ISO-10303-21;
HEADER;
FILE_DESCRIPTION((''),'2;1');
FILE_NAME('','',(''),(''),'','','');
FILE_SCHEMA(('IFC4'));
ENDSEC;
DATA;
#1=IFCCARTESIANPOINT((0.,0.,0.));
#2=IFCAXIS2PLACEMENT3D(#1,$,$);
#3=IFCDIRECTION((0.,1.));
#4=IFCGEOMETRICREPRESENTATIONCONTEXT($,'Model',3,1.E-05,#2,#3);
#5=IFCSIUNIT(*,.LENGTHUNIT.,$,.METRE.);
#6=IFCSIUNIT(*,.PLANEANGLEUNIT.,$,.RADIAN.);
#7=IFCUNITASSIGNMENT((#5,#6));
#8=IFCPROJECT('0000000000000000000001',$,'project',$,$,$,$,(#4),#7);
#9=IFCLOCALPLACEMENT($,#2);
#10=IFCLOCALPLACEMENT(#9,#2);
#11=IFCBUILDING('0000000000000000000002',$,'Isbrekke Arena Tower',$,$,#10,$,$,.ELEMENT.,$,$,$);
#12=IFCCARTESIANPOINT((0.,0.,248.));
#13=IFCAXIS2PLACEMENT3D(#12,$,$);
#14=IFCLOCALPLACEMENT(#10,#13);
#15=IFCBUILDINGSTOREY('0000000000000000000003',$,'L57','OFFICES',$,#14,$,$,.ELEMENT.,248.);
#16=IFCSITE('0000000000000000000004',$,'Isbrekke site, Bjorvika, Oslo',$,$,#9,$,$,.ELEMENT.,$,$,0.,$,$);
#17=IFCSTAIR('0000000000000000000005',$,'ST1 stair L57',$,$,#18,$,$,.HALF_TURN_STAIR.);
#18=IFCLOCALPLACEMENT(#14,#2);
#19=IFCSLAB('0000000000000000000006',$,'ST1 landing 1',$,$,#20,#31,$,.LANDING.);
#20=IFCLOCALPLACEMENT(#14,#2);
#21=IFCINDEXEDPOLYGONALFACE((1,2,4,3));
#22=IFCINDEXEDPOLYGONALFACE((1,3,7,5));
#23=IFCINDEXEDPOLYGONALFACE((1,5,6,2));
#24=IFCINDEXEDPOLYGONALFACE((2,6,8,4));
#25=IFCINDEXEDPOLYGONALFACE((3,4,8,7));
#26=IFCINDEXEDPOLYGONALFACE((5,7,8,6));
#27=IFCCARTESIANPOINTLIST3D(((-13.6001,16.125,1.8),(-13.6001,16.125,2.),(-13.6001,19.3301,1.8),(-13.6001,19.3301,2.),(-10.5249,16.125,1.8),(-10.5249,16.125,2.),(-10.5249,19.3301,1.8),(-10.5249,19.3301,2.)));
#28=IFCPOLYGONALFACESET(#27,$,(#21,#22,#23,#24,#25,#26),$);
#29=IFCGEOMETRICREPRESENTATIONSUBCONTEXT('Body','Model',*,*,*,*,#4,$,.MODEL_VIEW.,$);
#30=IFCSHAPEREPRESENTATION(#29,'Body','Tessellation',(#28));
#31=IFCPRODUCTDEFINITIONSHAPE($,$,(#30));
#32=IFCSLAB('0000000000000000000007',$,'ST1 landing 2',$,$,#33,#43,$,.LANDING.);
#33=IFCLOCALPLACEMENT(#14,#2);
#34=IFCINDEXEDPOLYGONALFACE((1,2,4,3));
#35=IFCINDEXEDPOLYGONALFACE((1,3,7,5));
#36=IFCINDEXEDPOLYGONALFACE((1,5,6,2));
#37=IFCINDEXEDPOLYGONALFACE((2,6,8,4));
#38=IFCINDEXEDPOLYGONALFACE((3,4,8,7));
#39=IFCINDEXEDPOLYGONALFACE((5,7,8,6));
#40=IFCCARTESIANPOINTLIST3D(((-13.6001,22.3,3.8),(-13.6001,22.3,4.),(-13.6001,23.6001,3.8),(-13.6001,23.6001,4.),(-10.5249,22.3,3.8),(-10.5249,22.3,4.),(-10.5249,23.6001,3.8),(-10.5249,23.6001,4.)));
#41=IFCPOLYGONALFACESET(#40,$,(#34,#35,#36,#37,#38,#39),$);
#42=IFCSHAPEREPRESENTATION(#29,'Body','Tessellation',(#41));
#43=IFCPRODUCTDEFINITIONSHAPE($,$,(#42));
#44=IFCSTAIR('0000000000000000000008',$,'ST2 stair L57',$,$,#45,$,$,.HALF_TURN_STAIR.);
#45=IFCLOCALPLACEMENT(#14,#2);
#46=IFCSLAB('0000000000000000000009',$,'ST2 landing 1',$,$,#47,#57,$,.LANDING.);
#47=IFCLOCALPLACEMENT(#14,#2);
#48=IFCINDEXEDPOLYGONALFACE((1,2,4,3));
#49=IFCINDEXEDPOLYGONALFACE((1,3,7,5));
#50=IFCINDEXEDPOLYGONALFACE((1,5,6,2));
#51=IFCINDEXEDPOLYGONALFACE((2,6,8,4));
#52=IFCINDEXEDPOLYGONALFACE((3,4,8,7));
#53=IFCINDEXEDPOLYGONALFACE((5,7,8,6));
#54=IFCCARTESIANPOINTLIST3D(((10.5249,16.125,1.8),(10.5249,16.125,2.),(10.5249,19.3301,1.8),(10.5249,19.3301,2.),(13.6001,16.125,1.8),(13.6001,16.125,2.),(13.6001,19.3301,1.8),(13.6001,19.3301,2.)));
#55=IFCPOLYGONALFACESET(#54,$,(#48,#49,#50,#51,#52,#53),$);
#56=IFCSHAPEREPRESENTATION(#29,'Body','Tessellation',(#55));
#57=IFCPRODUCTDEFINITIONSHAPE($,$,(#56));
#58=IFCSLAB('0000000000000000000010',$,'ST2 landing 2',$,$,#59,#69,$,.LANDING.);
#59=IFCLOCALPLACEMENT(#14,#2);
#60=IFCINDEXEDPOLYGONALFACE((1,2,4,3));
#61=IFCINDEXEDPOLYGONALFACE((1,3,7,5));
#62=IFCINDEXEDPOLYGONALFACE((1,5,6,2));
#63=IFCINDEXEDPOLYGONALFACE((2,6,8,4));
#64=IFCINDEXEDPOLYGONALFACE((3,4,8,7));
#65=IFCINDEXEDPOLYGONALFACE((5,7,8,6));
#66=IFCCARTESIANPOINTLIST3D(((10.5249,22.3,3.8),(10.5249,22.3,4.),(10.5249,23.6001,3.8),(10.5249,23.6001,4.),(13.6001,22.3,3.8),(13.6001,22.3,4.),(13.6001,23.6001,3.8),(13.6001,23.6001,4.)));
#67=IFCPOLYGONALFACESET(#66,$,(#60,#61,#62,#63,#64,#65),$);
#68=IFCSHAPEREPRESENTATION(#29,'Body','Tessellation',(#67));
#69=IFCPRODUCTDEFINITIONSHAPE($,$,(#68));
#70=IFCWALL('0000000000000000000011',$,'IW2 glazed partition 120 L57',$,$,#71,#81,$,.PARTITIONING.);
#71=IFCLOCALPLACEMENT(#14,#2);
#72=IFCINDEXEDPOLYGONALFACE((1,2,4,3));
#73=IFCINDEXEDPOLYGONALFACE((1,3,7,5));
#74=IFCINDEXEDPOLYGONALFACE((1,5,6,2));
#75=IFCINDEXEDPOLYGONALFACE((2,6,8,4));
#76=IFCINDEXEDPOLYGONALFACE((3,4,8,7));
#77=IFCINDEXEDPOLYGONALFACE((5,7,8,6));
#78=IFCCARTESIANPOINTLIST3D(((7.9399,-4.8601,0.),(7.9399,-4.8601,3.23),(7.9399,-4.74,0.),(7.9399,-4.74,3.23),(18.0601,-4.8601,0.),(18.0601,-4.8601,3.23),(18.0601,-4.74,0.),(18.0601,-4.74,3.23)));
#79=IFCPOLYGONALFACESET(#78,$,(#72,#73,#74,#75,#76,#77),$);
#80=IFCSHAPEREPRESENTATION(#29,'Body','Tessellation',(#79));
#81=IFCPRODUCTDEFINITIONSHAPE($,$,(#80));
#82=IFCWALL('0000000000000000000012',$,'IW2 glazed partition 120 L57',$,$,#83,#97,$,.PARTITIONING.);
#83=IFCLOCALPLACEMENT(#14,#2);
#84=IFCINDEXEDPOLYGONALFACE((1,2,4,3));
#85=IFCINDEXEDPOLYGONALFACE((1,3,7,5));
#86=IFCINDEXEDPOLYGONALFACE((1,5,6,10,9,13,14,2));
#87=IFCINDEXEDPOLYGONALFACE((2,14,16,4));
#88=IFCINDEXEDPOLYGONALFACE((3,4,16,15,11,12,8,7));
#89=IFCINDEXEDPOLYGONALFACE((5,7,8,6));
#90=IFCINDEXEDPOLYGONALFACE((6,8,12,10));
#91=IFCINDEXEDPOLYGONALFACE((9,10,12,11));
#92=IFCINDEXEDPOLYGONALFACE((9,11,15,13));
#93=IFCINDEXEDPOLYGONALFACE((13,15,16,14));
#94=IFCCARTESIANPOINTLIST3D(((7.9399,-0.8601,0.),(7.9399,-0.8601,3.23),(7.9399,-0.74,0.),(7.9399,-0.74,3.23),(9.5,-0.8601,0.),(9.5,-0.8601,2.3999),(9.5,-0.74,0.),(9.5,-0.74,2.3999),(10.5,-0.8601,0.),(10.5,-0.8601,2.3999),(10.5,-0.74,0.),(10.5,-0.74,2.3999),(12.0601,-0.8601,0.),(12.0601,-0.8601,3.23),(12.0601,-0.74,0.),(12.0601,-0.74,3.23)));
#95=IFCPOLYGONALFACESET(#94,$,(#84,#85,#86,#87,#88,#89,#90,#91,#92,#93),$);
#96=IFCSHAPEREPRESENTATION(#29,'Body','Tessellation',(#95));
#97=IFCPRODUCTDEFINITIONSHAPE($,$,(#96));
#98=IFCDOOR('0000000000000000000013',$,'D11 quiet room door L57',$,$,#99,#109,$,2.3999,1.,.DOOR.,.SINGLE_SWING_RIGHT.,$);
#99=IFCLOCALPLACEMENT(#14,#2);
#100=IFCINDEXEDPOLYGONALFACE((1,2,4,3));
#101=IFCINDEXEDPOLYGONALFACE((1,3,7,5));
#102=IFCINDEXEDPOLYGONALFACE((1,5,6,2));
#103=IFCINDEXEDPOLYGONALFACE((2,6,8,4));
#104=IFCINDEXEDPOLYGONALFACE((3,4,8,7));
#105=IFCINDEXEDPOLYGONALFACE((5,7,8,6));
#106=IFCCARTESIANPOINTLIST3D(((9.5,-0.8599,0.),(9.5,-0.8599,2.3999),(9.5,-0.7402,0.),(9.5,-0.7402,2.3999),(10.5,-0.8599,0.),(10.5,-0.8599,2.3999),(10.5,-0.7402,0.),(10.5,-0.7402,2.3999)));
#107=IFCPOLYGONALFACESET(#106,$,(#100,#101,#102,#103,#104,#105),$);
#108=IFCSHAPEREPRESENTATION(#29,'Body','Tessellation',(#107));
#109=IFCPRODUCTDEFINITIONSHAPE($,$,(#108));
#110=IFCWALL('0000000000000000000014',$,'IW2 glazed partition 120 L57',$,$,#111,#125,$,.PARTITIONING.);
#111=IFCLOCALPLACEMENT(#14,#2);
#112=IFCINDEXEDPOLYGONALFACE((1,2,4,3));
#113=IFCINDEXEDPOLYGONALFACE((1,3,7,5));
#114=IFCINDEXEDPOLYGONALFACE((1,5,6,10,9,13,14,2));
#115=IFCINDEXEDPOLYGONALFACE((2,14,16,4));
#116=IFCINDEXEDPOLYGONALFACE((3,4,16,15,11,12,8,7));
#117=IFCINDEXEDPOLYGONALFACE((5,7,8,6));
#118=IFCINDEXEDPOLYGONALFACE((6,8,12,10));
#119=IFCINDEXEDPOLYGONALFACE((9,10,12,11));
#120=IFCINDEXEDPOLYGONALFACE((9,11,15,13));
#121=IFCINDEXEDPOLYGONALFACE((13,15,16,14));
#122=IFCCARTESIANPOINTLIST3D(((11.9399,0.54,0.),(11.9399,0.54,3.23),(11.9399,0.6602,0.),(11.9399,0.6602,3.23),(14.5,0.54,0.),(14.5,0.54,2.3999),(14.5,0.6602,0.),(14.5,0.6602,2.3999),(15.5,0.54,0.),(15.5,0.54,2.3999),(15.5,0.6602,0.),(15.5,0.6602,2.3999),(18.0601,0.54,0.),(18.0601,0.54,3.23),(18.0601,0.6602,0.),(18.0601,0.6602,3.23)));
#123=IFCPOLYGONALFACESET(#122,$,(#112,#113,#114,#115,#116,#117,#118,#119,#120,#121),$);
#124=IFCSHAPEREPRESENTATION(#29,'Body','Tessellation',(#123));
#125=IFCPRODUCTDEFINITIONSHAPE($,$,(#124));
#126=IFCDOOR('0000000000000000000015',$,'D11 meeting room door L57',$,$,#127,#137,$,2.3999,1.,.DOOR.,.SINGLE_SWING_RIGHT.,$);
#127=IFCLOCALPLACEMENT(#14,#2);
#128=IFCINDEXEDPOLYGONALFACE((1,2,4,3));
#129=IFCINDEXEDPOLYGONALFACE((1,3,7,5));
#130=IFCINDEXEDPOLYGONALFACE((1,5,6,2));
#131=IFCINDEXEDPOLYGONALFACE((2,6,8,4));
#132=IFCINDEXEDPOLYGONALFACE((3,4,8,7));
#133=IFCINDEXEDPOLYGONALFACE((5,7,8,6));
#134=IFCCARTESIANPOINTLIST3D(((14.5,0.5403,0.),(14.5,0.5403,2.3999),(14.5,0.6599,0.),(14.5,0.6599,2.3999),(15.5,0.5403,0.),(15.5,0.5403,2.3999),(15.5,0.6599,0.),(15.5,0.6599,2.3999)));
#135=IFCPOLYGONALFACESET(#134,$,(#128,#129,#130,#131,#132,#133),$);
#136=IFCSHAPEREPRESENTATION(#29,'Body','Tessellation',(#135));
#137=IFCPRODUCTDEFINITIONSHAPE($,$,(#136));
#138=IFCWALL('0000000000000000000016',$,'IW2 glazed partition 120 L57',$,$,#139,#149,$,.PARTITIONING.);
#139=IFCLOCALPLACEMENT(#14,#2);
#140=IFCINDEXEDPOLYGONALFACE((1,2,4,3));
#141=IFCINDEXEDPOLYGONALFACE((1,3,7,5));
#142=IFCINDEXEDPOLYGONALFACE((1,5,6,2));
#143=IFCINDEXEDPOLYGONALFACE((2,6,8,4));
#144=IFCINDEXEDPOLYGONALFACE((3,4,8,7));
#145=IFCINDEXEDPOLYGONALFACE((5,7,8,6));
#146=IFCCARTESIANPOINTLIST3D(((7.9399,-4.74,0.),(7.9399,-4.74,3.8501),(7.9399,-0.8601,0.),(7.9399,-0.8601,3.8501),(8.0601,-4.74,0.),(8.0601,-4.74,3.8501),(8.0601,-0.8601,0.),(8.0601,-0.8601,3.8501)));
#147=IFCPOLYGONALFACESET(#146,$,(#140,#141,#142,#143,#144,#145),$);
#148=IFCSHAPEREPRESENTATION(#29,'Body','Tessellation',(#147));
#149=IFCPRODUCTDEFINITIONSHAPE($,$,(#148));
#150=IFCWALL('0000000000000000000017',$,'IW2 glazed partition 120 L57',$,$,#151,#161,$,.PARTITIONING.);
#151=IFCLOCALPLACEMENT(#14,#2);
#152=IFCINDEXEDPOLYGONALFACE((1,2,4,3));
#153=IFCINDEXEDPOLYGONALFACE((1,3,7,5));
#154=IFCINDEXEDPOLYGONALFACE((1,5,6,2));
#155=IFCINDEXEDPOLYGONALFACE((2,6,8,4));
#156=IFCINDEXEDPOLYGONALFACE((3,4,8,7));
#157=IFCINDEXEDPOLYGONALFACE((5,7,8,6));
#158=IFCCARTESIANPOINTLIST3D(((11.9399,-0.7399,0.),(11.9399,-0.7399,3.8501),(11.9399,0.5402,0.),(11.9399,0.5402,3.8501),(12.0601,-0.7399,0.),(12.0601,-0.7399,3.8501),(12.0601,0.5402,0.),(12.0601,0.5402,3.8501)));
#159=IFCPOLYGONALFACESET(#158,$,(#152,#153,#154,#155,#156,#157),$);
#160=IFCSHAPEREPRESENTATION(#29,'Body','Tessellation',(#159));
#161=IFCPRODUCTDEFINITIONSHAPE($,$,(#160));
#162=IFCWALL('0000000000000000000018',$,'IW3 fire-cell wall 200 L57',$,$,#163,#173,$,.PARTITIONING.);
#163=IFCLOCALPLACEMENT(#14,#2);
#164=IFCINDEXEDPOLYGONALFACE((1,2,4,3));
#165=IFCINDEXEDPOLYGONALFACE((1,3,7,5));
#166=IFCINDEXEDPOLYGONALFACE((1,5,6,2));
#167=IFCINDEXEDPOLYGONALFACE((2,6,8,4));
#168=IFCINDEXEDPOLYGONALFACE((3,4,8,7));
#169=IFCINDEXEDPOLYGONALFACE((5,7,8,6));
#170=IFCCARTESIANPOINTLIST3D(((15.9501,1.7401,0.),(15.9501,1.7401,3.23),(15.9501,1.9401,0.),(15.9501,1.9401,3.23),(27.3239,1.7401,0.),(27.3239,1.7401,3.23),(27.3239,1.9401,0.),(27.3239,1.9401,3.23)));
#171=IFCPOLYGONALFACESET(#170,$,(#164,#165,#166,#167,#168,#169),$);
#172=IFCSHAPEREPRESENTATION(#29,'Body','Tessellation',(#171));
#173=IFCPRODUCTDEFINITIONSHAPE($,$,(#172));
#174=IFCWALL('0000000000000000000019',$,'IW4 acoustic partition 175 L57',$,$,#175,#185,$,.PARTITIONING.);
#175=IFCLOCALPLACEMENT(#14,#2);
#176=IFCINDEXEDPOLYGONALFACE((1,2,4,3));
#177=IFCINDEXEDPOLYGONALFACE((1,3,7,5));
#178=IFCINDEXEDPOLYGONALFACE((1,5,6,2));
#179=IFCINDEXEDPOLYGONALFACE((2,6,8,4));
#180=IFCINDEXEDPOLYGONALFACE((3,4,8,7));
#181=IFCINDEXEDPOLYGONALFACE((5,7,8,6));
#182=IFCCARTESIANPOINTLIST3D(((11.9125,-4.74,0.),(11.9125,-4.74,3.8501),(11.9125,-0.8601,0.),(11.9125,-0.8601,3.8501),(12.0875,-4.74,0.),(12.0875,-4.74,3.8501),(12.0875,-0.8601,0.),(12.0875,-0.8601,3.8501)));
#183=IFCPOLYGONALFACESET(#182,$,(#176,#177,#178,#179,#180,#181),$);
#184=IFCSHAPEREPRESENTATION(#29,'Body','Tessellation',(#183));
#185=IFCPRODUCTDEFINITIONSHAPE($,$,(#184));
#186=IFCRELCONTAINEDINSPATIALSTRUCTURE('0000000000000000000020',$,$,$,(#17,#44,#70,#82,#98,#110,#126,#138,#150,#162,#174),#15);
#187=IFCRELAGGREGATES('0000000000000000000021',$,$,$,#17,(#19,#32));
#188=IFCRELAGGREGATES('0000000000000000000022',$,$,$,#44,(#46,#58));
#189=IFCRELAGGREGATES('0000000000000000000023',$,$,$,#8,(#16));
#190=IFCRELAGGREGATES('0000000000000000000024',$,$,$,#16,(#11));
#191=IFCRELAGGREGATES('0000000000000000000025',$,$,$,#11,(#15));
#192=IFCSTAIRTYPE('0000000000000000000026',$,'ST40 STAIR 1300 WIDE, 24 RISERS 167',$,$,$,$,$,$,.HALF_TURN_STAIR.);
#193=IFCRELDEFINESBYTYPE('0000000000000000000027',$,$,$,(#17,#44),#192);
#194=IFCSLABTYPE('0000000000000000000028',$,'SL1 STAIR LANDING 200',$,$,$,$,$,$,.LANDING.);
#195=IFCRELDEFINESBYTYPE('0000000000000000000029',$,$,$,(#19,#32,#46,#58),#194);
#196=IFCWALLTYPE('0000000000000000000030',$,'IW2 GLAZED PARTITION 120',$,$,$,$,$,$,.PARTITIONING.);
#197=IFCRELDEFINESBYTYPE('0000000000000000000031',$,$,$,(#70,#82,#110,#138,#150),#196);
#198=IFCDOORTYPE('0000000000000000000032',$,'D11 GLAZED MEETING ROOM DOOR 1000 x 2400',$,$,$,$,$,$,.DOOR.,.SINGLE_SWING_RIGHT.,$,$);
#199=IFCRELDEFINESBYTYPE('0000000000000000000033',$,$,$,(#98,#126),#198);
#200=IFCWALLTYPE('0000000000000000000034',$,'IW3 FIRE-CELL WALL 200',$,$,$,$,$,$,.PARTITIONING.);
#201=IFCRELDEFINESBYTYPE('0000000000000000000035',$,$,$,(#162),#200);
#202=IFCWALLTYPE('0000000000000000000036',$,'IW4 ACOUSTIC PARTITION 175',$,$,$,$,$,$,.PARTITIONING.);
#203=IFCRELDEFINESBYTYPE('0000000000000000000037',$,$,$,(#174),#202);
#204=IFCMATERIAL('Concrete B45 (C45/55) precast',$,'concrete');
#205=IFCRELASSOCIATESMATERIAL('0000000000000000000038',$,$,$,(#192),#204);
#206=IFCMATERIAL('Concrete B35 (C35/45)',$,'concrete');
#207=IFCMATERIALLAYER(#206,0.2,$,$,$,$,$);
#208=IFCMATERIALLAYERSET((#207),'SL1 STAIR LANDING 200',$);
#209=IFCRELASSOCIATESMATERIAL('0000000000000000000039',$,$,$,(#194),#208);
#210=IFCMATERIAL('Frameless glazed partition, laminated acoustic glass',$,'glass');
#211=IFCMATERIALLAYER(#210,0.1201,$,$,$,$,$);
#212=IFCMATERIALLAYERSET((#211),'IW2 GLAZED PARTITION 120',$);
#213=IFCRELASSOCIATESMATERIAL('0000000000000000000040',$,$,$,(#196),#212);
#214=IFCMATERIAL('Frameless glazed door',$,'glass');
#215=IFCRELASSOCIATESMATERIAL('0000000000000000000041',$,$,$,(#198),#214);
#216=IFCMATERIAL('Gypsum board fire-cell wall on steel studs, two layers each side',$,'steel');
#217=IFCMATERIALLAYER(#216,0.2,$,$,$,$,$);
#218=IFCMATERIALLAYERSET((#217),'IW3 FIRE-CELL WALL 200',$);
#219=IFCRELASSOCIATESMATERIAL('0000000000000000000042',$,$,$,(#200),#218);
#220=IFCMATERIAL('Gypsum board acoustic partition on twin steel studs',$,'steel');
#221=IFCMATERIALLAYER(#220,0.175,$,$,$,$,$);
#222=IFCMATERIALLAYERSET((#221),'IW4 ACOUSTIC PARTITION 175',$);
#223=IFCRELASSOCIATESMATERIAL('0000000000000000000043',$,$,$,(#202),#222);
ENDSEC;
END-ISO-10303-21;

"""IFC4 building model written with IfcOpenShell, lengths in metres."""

from ifc_helpers import new_model, si_unit, direction, frame, frame_2d, origin, place, context, subcontext, project, spatial, polyline, rectangle, outline, extrude, material, layer, layer_set, type_object, element, fill, aggregate, save


model = new_model("IFC4")

# Units and contexts
model_context = context("Model", 3, precision=1e-05, world=origin(), true_north=direction((0.0, 1.0)))
body_context = subcontext(model_context, "Body", "Model", "MODEL_VIEW")
ifc_project = project(units=[si_unit("LENGTHUNIT", "METRE"), si_unit("PLANEANGLEUNIT", "RADIAN")], contexts=[model_context])

# Site, building, storey
site_placement = place(None, origin())
site = spatial("IfcSite", under=ifc_project, at=site_placement, Name="Isbrekke site, Bjorvika, Oslo", CompositionType="ELEMENT", RefElevation=0.0)
building_placement = place(site_placement, origin())
building = spatial("IfcBuilding", under=site, at=building_placement, Name="Isbrekke Arena Tower", CompositionType="ELEMENT")
storey_placement = place(building_placement, frame((0.0, 0.0, 248.0)))
storey = spatial("IfcBuildingStorey", under=building, at=storey_placement, Name="L57", Description="OFFICES", CompositionType="ELEMENT", Elevation=248.0)

# Stairs, slabs
ifc_material_1 = material(Name="Concrete B45 (C45/55) precast", Category="concrete")
stair_type = type_object("IfcStairType", Name="ST40 STAIR 1300 WIDE, 24 RISERS 167", PredefinedType="HALF_TURN_STAIR", material=ifc_material_1)
stair_1_placement = place(storey_placement, origin())
stair_1 = element("IfcStair", 1, at=stair_1_placement, inside=storey, type_object=stair_type, Name="ST1 stair L57", PredefinedType="HALF_TURN_STAIR")
ifc_material_2 = material(Name="Concrete B35 (C35/45)", Category="concrete")
ifc_layer_1 = layer(ifc_material_2, 0.2)
ifc_layer_set_1 = layer_set([ifc_layer_1], Name="SL1 STAIR LANDING 200")
slab_type_1 = type_object("IfcSlabType", Name="SL1 STAIR LANDING 200", PredefinedType="LANDING", material=ifc_layer_set_1)
slab_1_placement = place(storey_placement, frame((0.0, 0.0, 1.8)))
slab_1 = element("IfcSlab", 2, at=slab_1_placement, type_object=slab_type_1, Name="ST1 landing 1", PredefinedType="LANDING", context=body_context, shape_type="SweptSolid", body=[
    extrude(outline(polyline([(-13.6001, 16.125), (-10.5249, 16.125), (-10.5249, 19.3301), (-13.6001, 19.3301), (-13.6001, 16.125)])), origin(), (0.0, 0.0, 1.0), 0.2),
])
slab_2_placement = place(storey_placement, frame((0.0, 0.0, 3.8)))
slab_2 = element("IfcSlab", 3, at=slab_2_placement, type_object=slab_type_1, Name="ST1 landing 2", PredefinedType="LANDING", context=body_context, shape_type="SweptSolid", body=[
    extrude(outline(polyline([(-13.6001, 22.3), (-10.5249, 22.3), (-10.5249, 23.6001), (-13.6001, 23.6001), (-13.6001, 22.3)])), origin(), (0.0, 0.0, 1.0), 0.2),
])
aggregate(stair_1, [slab_1, slab_2])
stair_2_placement = place(storey_placement, origin())
stair_2 = element("IfcStair", 4, at=stair_2_placement, inside=storey, type_object=stair_type, Name="ST2 stair L57", PredefinedType="HALF_TURN_STAIR")
slab_3_placement = place(storey_placement, frame((0.0, 0.0, 1.8)))
slab_3 = element("IfcSlab", 5, at=slab_3_placement, type_object=slab_type_1, Name="ST2 landing 1", PredefinedType="LANDING", context=body_context, shape_type="SweptSolid", body=[
    extrude(outline(polyline([(10.5249, 16.125), (13.6001, 16.125), (13.6001, 19.3301), (10.5249, 19.3301), (10.5249, 16.125)])), origin(), (0.0, 0.0, 1.0), 0.2),
])
slab_4_placement = place(storey_placement, frame((0.0, 0.0, 3.8)))
slab_4 = element("IfcSlab", 6, at=slab_4_placement, type_object=slab_type_1, Name="ST2 landing 2", PredefinedType="LANDING", context=body_context, shape_type="SweptSolid", body=[
    extrude(outline(polyline([(10.5249, 22.3), (13.6001, 22.3), (13.6001, 23.6001), (10.5249, 23.6001), (10.5249, 22.3)])), origin(), (0.0, 0.0, 1.0), 0.2),
])
aggregate(stair_2, [slab_3, slab_4])

# Wall
ifc_material_3 = material(Name="Frameless glazed partition, laminated acoustic glass", Category="glass")
ifc_layer_2 = layer(ifc_material_3, 0.1201)
ifc_layer_set_2 = layer_set([ifc_layer_2], Name="IW2 GLAZED PARTITION 120")
wall_type_1 = type_object("IfcWallType", Name="IW2 GLAZED PARTITION 120", PredefinedType="PARTITIONING", material=ifc_layer_set_2)
wall_1_placement = place(storey_placement, frame((7.9399, -4.8, 0.0), z_axis=(0.0, 0.0, 1.0), x_axis=(1.0, 0.0, 0.0)))
element("IfcWall", 7, at=wall_1_placement, inside=storey, type_object=wall_type_1, Name="IW2 glazed partition 120 L57", PredefinedType="PARTITIONING", context=body_context, shape_type="SweptSolid", body=[
    extrude(rectangle(XDim=10.1201, YDim=0.1201, at=frame_2d((5.0601, 0.0))), origin(), (0.0, 0.0, 1.0), 3.23),
])

# Walls, openings, doors
wall_2_placement = place(storey_placement, frame((7.9399, -0.8, 0.0), z_axis=(0.0, 0.0, 1.0), x_axis=(1.0, 0.0, 0.0)))
wall_2 = element("IfcWall", 8, at=wall_2_placement, inside=storey, type_object=wall_type_1, Name="IW2 glazed partition 120 L57", PredefinedType="PARTITIONING", context=body_context, shape_type="SweptSolid", body=[
    extrude(rectangle(XDim=4.1201, YDim=0.1201, at=frame_2d((2.0601, 0.0))), origin(), (0.0, 0.0, 1.0), 3.23),
])
opening_1_placement = place(wall_2_placement, frame((1.5601, 0.0, 0.0)))
opening_1 = element("IfcOpeningElement", 9, at=opening_1_placement, cuts=wall_2, PredefinedType="OPENING", context=body_context, shape_type="SweptSolid", body=[
    extrude(rectangle(XDim=1.0, YDim=2.3999, at=frame_2d((0.5, 1.2))), frame((0.0, 0.075, 0.0), z_axis=(0.0, -1.0, 0.0), x_axis=(1.0, 0.0, 0.0)), (0.0, 0.0, 1.0), 0.1499),
])
ifc_material_4 = material(Name="Frameless glazed door", Category="glass")
door_type = type_object("IfcDoorType", Name="D11 GLAZED MEETING ROOM DOOR 1000 x 2400", OperationType="SINGLE_SWING_RIGHT", PredefinedType="DOOR", material=ifc_material_4)
door_1_placement = place(opening_1_placement, origin())
door_1 = element("IfcDoor", 10, at=door_1_placement, inside=storey, type_object=door_type, Name="D11 quiet room door L57", OperationType="SINGLE_SWING_RIGHT", OverallHeight=2.3999, OverallWidth=1.0, PredefinedType="DOOR", context=body_context, shape_type="SweptSolid", body=[
    extrude(rectangle(XDim=1.0, YDim=2.3999, at=frame_2d((0.5, 1.2))), frame((0.0, 0.0598, 0.0), z_axis=(0.0, -1.0, 0.0), x_axis=(1.0, 0.0, 0.0)), (0.0, 0.0, 1.0), 0.1196),
])
fill(opening_1, door_1)
wall_3_placement = place(storey_placement, frame((11.9399, 0.6001, 0.0), z_axis=(0.0, 0.0, 1.0), x_axis=(1.0, 0.0, 0.0)))
wall_3 = element("IfcWall", 11, at=wall_3_placement, inside=storey, type_object=wall_type_1, Name="IW2 glazed partition 120 L57", PredefinedType="PARTITIONING", context=body_context, shape_type="SweptSolid", body=[
    extrude(rectangle(XDim=6.1201, YDim=0.1201, at=frame_2d((3.0601, 0.0))), origin(), (0.0, 0.0, 1.0), 3.23),
])
opening_2_placement = place(wall_3_placement, frame((2.5601, 0.0, 0.0)))
opening_2 = element("IfcOpeningElement", 12, at=opening_2_placement, cuts=wall_3, PredefinedType="OPENING", context=body_context, shape_type="SweptSolid", body=[
    extrude(rectangle(XDim=1.0, YDim=2.3999, at=frame_2d((0.5, 1.2))), frame((0.0, 0.075, 0.0), z_axis=(0.0, -1.0, 0.0), x_axis=(1.0, 0.0, 0.0)), (0.0, 0.0, 1.0), 0.1499),
])
door_2_placement = place(opening_2_placement, origin())
door_2 = element("IfcDoor", 13, at=door_2_placement, inside=storey, type_object=door_type, Name="D11 meeting room door L57", OperationType="SINGLE_SWING_RIGHT", OverallHeight=2.3999, OverallWidth=1.0, PredefinedType="DOOR", context=body_context, shape_type="SweptSolid", body=[
    extrude(rectangle(XDim=1.0, YDim=2.3999, at=frame_2d((0.5, 1.2))), frame((0.0, 0.0598, 0.0), z_axis=(0.0, -1.0, 0.0), x_axis=(1.0, 0.0, 0.0)), (0.0, 0.0, 1.0), 0.1196),
])
fill(opening_2, door_2)

# Walls
wall_4_placement = place(storey_placement, frame((8.0, -4.74, 0.0), z_axis=(0.0, 0.0, 1.0), x_axis=(0.0, 1.0, 0.0)))
element("IfcWall", 14, at=wall_4_placement, inside=storey, type_object=wall_type_1, Name="IW2 glazed partition 120 L57", PredefinedType="PARTITIONING", context=body_context, shape_type="SweptSolid", body=[
    extrude(rectangle(XDim=3.8799, YDim=0.1201, at=frame_2d((1.9399, 0.0))), origin(), (0.0, 0.0, 1.0), 3.8501),
])
wall_5_placement = place(storey_placement, frame((12.0, -0.74, 0.0), z_axis=(0.0, 0.0, 1.0), x_axis=(0.0, 1.0, 0.0)))
element("IfcWall", 15, at=wall_5_placement, inside=storey, type_object=wall_type_1, Name="IW2 glazed partition 120 L57", PredefinedType="PARTITIONING", context=body_context, shape_type="SweptSolid", body=[
    extrude(rectangle(XDim=1.28, YDim=0.1201, at=frame_2d((0.6401, 0.0))), origin(), (0.0, 0.0, 1.0), 3.8501),
])
ifc_material_5 = material(Name="Gypsum board fire-cell wall on steel studs, two layers each side", Category="steel")
ifc_layer_3 = layer(ifc_material_5, 0.2)
ifc_layer_set_3 = layer_set([ifc_layer_3], Name="IW3 FIRE-CELL WALL 200")
wall_type_2 = type_object("IfcWallType", Name="IW3 FIRE-CELL WALL 200", PredefinedType="PARTITIONING", material=ifc_layer_set_3)
wall_6_placement = place(storey_placement, frame((15.95, 1.8401, 0.0), z_axis=(0.0, 0.0, 1.0), x_axis=(1.0, 0.0, 0.0)))
element("IfcWall", 16, at=wall_6_placement, inside=storey, type_object=wall_type_2, Name="IW3 fire-cell wall 200 L57", PredefinedType="PARTITIONING", context=body_context, shape_type="SweptSolid", body=[
    extrude(rectangle(XDim=11.3738, YDim=0.2, at=frame_2d((5.687, 0.0))), origin(), (0.0, 0.0, 1.0), 3.23),
])
ifc_material_6 = material(Name="Gypsum board acoustic partition on twin steel studs", Category="steel")
ifc_layer_4 = layer(ifc_material_6, 0.175)
ifc_layer_set_4 = layer_set([ifc_layer_4], Name="IW4 ACOUSTIC PARTITION 175")
wall_type_3 = type_object("IfcWallType", Name="IW4 ACOUSTIC PARTITION 175", PredefinedType="PARTITIONING", material=ifc_layer_set_4)
wall_7_placement = place(storey_placement, frame((12.0, -4.74, 0.0), z_axis=(0.0, 0.0, 1.0), x_axis=(0.0, 1.0, 0.0)))
element("IfcWall", 17, at=wall_7_placement, inside=storey, type_object=wall_type_3, Name="IW4 acoustic partition 175 L57", PredefinedType="PARTITIONING", context=body_context, shape_type="SweptSolid", body=[
    extrude(rectangle(XDim=3.8799, YDim=0.175, at=frame_2d((1.9399, 0.0))), origin(), (0.0, 0.0, 1.0), 3.8501),
])

save(model, "model.ifc")
